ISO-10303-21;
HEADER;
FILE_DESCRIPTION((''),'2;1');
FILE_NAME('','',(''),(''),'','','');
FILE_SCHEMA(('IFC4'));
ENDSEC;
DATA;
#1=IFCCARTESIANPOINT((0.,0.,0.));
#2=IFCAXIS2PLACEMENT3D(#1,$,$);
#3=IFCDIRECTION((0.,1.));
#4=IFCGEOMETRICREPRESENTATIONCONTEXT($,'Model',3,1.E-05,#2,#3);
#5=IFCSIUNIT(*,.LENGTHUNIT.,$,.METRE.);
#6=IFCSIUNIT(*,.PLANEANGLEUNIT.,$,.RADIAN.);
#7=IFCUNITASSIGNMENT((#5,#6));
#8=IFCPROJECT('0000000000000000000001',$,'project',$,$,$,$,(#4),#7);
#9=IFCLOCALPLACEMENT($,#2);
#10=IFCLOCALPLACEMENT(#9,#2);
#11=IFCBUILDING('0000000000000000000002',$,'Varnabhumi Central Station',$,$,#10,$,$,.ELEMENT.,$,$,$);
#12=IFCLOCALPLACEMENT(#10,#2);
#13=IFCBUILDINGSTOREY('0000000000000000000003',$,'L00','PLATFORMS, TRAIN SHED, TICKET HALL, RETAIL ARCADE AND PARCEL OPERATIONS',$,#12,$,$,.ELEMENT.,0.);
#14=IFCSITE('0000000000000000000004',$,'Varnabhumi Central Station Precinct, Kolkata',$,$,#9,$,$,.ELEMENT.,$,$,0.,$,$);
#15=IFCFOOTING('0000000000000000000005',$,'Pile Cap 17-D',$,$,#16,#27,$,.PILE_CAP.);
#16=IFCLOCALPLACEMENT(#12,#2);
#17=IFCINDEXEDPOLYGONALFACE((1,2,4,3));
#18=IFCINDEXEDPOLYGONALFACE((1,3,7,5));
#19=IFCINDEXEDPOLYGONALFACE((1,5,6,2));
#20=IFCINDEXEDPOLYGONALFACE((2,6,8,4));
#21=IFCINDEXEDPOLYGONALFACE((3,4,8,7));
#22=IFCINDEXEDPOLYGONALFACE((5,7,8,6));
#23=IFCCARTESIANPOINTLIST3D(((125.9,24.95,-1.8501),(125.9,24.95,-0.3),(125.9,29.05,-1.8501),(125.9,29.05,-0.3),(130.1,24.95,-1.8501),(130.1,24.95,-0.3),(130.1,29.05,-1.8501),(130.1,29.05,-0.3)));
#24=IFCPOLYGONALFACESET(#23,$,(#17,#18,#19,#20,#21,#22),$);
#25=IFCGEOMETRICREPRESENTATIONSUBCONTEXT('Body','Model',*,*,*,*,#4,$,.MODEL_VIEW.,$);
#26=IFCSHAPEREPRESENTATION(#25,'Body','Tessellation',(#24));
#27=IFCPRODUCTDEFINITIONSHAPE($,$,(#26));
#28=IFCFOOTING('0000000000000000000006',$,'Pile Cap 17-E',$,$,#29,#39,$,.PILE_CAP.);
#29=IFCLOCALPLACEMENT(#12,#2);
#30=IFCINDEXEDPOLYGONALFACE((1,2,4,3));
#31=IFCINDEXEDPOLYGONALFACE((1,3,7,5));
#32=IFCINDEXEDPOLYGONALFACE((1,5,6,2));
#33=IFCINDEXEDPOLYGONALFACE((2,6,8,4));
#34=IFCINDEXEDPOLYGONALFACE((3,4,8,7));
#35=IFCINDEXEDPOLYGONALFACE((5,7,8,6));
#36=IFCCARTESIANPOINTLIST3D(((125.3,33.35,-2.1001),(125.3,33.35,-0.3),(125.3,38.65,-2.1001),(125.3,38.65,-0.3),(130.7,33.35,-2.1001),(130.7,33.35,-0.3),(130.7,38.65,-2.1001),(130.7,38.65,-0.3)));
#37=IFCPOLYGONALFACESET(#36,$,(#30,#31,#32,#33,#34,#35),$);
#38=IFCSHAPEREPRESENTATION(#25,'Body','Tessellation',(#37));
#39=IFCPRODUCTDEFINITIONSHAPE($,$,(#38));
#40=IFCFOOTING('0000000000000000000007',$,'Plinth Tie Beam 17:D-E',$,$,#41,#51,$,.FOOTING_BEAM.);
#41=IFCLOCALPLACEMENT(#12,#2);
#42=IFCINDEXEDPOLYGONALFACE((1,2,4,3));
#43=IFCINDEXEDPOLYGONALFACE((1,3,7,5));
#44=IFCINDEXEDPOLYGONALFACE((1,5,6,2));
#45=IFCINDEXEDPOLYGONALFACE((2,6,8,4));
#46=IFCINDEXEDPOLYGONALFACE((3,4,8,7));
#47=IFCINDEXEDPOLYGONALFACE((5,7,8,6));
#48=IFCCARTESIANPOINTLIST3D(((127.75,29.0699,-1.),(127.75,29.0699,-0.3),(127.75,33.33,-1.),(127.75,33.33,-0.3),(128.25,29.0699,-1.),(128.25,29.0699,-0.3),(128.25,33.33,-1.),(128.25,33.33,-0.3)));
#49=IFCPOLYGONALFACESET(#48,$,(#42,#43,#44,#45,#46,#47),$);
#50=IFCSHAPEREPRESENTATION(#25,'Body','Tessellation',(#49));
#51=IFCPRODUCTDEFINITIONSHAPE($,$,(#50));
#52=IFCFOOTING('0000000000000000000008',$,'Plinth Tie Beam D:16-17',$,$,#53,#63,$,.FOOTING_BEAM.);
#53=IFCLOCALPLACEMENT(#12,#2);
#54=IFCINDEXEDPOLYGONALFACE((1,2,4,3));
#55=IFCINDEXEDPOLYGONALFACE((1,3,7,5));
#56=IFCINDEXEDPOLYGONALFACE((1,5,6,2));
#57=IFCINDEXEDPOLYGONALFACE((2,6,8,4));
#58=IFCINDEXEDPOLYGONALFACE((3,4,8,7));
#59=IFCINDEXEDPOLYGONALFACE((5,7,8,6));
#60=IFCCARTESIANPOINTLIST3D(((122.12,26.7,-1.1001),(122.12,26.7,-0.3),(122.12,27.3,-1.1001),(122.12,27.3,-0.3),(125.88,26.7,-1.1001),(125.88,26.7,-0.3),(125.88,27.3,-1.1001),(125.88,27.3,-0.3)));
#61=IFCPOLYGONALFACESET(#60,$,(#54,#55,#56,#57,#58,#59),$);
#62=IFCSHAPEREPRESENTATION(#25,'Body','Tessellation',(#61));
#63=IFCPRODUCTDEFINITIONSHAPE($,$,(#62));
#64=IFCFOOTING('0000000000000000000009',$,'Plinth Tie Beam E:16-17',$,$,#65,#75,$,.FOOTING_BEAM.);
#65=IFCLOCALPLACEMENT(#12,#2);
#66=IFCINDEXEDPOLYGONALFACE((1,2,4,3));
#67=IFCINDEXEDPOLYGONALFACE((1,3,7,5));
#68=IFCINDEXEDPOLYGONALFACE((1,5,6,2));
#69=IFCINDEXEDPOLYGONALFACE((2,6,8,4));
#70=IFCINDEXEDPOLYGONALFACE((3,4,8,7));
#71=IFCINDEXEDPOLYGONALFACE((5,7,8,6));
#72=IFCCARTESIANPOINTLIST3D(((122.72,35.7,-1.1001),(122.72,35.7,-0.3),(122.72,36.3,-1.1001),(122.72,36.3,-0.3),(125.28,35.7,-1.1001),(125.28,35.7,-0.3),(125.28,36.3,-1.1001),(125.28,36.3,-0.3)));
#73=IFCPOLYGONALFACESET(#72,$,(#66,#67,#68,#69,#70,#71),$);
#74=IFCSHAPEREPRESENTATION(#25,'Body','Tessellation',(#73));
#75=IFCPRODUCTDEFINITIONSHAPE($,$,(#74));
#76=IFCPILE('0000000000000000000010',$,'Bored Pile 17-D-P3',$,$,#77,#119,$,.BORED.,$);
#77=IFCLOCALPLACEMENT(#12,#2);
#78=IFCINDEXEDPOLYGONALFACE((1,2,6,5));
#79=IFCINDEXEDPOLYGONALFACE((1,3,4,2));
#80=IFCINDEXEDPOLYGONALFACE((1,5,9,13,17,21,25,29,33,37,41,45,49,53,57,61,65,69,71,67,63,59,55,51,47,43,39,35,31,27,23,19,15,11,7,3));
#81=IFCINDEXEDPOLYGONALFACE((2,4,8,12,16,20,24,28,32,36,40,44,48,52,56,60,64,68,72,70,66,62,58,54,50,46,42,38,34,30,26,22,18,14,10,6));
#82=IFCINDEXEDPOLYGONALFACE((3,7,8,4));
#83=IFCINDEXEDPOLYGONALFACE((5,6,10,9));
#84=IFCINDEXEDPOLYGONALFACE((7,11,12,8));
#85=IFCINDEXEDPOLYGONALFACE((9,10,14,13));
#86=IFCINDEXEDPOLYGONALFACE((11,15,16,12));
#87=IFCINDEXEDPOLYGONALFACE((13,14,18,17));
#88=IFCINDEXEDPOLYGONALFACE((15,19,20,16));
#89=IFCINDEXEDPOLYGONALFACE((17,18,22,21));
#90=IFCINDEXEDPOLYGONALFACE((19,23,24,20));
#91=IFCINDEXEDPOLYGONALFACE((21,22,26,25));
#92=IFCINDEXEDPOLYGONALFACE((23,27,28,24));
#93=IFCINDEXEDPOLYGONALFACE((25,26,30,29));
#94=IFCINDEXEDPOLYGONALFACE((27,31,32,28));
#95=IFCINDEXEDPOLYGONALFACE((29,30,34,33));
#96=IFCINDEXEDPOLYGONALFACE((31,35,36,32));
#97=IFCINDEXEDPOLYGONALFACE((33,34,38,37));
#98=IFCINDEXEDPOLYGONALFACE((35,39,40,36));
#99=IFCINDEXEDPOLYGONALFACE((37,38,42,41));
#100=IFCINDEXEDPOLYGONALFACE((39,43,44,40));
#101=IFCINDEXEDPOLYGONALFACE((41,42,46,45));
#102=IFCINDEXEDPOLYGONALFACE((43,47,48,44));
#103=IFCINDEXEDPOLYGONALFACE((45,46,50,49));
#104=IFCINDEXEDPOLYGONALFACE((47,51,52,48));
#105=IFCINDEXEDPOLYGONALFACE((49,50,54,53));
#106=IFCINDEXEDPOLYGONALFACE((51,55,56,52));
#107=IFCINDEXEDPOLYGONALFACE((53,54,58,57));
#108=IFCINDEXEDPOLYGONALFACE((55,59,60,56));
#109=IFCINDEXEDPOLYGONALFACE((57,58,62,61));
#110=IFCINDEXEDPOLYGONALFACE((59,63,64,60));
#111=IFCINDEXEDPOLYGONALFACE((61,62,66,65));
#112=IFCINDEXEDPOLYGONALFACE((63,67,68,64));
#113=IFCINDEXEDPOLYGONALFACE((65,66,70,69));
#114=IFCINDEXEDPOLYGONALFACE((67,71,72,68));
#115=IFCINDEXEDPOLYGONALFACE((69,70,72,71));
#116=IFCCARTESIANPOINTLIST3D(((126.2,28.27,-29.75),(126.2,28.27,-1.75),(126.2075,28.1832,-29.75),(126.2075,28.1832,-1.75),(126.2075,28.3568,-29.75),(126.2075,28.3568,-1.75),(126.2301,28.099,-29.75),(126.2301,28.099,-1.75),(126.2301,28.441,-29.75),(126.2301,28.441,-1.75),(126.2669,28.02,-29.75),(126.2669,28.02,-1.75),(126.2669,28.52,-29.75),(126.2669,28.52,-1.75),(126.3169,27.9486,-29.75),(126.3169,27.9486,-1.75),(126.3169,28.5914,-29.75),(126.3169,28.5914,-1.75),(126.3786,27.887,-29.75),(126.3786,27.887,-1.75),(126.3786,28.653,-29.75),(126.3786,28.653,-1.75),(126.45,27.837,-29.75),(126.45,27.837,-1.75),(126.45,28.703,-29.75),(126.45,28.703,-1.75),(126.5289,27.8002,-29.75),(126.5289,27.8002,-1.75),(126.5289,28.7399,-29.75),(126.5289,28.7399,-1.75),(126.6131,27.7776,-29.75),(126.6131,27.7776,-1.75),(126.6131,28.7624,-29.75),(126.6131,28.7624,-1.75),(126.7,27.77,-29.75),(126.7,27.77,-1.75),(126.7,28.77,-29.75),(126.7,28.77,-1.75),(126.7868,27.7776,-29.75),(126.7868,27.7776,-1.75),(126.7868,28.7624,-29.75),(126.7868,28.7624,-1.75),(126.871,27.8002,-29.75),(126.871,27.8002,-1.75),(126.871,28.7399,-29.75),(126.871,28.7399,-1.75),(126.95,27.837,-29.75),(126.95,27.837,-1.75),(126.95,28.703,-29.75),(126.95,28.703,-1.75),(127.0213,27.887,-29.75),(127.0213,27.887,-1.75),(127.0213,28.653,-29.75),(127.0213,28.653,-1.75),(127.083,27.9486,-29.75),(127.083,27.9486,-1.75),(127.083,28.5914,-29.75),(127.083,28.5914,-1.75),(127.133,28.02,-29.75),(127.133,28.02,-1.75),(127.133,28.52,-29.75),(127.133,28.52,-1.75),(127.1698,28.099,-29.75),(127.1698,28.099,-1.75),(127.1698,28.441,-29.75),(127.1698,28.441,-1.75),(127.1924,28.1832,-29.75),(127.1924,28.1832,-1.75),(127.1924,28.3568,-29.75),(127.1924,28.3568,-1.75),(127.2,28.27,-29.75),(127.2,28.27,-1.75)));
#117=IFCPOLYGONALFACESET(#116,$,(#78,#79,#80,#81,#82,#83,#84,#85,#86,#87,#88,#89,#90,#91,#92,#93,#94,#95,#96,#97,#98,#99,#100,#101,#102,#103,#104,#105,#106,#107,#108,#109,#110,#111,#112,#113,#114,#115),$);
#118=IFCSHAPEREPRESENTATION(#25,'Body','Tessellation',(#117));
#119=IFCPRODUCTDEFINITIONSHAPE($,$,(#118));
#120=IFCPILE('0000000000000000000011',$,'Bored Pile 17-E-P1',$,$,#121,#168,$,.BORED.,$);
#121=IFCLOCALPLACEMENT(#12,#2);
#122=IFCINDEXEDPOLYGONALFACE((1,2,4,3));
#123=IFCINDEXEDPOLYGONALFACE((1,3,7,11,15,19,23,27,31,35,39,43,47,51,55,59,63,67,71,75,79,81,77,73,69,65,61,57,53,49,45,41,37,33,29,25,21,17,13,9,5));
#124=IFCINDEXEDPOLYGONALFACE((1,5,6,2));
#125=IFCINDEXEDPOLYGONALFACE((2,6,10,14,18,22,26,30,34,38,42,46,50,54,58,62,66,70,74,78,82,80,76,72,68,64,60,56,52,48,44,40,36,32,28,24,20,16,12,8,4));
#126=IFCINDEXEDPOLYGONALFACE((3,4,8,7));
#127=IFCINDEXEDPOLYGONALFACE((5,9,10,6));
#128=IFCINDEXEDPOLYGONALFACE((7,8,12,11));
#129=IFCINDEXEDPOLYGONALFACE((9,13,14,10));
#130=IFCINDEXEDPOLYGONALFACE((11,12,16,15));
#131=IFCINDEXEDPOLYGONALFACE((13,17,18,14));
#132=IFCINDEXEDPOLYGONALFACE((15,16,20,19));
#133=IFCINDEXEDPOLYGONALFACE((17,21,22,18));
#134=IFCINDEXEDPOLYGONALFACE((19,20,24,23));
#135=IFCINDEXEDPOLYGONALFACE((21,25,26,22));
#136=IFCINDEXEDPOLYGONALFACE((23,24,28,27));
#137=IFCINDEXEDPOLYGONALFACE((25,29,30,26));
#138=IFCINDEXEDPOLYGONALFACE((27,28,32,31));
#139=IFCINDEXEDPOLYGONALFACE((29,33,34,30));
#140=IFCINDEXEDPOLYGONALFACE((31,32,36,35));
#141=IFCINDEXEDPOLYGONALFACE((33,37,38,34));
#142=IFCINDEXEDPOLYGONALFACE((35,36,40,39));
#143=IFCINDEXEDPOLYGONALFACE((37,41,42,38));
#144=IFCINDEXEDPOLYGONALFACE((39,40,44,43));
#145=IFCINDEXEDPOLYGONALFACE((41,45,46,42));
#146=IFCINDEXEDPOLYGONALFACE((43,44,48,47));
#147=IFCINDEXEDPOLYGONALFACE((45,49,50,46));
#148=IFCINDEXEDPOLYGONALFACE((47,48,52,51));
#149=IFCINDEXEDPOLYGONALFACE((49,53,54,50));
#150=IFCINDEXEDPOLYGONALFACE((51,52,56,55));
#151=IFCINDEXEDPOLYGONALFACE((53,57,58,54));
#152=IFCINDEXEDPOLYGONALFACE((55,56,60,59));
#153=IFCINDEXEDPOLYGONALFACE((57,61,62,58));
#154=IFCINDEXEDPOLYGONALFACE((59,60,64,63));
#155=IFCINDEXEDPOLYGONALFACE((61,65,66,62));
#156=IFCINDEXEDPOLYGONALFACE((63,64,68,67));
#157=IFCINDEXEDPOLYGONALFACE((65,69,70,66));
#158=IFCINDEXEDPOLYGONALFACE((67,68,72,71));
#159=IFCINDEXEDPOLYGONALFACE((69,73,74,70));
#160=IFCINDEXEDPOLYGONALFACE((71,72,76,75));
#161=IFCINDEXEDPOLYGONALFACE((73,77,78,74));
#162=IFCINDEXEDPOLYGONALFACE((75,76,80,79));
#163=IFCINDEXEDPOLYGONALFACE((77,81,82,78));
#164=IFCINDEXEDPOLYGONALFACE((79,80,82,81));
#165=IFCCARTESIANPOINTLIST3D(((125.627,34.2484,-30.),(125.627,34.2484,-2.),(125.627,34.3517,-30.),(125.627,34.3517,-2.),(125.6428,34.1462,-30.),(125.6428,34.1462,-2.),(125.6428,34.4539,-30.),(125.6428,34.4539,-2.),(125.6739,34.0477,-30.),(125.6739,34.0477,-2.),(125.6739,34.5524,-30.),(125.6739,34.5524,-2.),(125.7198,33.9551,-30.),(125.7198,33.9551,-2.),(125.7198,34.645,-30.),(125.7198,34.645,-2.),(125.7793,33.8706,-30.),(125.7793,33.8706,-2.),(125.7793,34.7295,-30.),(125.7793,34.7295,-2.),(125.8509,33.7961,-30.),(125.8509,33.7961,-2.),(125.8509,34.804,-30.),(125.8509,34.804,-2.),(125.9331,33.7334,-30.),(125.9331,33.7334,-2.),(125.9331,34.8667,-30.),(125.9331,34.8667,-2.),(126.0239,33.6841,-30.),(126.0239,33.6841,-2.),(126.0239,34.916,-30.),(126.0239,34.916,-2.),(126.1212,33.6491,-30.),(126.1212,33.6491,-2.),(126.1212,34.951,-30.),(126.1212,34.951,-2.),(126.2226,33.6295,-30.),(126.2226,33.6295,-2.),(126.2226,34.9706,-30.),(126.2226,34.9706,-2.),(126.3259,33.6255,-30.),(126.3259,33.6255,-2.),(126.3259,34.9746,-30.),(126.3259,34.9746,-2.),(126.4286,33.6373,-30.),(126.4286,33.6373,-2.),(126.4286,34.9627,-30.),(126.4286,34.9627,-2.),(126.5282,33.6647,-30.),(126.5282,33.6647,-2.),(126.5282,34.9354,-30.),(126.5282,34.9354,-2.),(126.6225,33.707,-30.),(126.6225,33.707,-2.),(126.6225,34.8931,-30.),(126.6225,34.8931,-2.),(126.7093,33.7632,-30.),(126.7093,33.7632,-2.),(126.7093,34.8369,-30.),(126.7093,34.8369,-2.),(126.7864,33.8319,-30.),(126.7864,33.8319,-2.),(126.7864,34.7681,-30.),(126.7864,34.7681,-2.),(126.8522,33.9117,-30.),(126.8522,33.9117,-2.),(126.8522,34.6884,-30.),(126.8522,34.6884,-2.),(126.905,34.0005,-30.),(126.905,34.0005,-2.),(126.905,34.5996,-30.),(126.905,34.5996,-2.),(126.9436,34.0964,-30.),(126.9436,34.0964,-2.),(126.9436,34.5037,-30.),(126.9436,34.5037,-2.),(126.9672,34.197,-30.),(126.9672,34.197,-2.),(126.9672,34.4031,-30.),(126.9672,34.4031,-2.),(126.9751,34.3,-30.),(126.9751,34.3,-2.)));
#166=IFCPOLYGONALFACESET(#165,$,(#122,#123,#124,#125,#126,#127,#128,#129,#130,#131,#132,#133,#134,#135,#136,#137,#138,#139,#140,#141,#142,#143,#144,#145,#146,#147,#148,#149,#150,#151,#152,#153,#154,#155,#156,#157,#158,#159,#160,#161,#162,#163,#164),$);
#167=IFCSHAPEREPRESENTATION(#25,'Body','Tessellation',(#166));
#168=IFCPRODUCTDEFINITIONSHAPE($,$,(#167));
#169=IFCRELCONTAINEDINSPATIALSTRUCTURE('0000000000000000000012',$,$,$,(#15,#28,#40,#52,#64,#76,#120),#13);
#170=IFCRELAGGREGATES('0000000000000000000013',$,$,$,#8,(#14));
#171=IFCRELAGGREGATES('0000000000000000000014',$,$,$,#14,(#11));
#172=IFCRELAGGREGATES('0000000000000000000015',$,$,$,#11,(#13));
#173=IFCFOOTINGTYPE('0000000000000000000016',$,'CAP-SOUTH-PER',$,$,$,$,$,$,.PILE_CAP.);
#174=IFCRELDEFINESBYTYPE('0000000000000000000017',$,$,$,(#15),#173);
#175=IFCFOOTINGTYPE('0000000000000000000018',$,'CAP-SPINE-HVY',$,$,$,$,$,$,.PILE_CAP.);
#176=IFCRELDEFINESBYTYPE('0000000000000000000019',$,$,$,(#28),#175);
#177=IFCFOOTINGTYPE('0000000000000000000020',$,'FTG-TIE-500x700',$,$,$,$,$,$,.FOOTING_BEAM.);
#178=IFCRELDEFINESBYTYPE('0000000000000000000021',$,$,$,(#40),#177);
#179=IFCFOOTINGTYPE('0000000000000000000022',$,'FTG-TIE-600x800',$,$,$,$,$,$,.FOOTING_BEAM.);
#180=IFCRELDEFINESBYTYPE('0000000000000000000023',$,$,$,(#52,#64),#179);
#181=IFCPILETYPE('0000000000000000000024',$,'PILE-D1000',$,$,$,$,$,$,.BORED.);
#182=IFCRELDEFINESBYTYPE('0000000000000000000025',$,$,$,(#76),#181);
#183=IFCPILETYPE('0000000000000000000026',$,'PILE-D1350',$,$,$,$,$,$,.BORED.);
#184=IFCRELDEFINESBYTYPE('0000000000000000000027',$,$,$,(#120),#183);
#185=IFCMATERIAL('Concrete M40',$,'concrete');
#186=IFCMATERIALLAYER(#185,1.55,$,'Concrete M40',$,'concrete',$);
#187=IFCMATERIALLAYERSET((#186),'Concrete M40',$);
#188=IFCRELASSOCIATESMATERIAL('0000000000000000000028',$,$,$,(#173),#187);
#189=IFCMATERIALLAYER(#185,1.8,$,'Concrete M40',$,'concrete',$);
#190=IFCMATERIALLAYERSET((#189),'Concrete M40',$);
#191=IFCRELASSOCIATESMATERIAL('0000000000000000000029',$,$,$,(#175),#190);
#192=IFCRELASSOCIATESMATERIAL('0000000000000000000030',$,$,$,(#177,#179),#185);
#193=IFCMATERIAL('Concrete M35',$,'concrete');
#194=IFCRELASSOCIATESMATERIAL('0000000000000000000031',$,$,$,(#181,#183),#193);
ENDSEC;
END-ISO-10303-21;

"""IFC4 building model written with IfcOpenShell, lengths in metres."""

from ifc_helpers import new_model, si_unit, direction, frame, origin, origin_2d, place, context, subcontext, project, spatial, rectangle, circle, extrude, material, layer, layer_set, material_profile, profile_set, type_object, element, save


model = new_model("IFC4")

# Units and contexts
model_context = context("Model", 3, precision=1e-05, world=origin(), true_north=direction((0.0, 1.0)))
body_context = subcontext(model_context, "Body", "Model", "MODEL_VIEW")
ifc_project = project(units=[si_unit("LENGTHUNIT", "METRE"), si_unit("PLANEANGLEUNIT", "RADIAN")], contexts=[model_context])

# Site, building, storey
site_placement = place(None, origin())
site = spatial("IfcSite", under=ifc_project, at=site_placement, Name="Varnabhumi Central Station Precinct, Kolkata", CompositionType="ELEMENT", RefElevation=0.0)
building_placement = place(site_placement, origin())
building = spatial("IfcBuilding", under=site, at=building_placement, Name="Varnabhumi Central Station", CompositionType="ELEMENT")
storey_placement = place(building_placement, origin())
storey = spatial("IfcBuildingStorey", under=building, at=storey_placement, Name="L00", Description="PLATFORMS, TRAIN SHED, TICKET HALL, RETAIL ARCADE AND PARCEL OPERATIONS", CompositionType="ELEMENT", Elevation=0.0)

# Footings
ifc_material_1 = material(Name="Concrete M40", Category="concrete")
ifc_layer_1 = layer(ifc_material_1, 1.55, Name="Concrete M40", Category="concrete")
ifc_layer_set_1 = layer_set([ifc_layer_1], Name="Concrete M40")
footing_type_1 = type_object("IfcFootingType", Name="CAP-SOUTH-PER", PredefinedType="PILE_CAP", material=ifc_layer_set_1)
footing_1_placement = place(storey_placement, frame((128.0, 27.0, -1.8501), z_axis=(0.0, 0.0, 1.0), x_axis=(1.0, 0.0, 0.0)))
element("IfcFooting", 1, at=footing_1_placement, inside=storey, type_object=footing_type_1, Name="Pile Cap 17-D", PredefinedType="PILE_CAP", context=body_context, shape_type="SweptSolid", body=[
    extrude(rectangle(XDim=4.2, YDim=4.1001, at=origin_2d()), origin(), (0.0, 0.0, 1.0), 1.55),
])
ifc_layer_2 = layer(ifc_material_1, 1.8, Name="Concrete M40", Category="concrete")
ifc_layer_set_2 = layer_set([ifc_layer_2], Name="Concrete M40")
footing_type_2 = type_object("IfcFootingType", Name="CAP-SPINE-HVY", PredefinedType="PILE_CAP", material=ifc_layer_set_2)
footing_2_placement = place(storey_placement, frame((128.0, 36.0, -2.1001), z_axis=(0.0, 0.0, 1.0), x_axis=(1.0, 0.0, 0.0)))
element("IfcFooting", 2, at=footing_2_placement, inside=storey, type_object=footing_type_2, Name="Pile Cap 17-E", PredefinedType="PILE_CAP", context=body_context, shape_type="SweptSolid", body=[
    extrude(rectangle(XDim=5.3999, YDim=5.3, at=origin_2d()), origin(), (0.0, 0.0, 1.0), 1.8),
])
footing_type_3 = type_object("IfcFootingType", Name="FTG-TIE-500x700", PredefinedType="FOOTING_BEAM", material=ifc_material_1)
footing_3_placement = place(storey_placement, frame((128.0, 31.2, -1.0), z_axis=(0.0, 0.0, 1.0), x_axis=(1.0, 0.0, 0.0)))
element("IfcFooting", 3, at=footing_3_placement, inside=storey, type_object=footing_type_3, Name="Plinth Tie Beam 17:D-E", PredefinedType="FOOTING_BEAM", context=body_context, shape_type="SweptSolid", body=[
    extrude(rectangle(XDim=0.5, YDim=4.26, at=origin_2d()), origin(), (0.0, 0.0, 1.0), 0.7),
])
footing_type_4 = type_object("IfcFootingType", Name="FTG-TIE-600x800", PredefinedType="FOOTING_BEAM", material=ifc_material_1)
footing_4_placement = place(storey_placement, frame((124.0, 27.0, -1.1001), z_axis=(0.0, 0.0, 1.0), x_axis=(1.0, 0.0, 0.0)))
element("IfcFooting", 4, at=footing_4_placement, inside=storey, type_object=footing_type_4, Name="Plinth Tie Beam D:16-17", PredefinedType="FOOTING_BEAM", context=body_context, shape_type="SweptSolid", body=[
    extrude(rectangle(XDim=3.76, YDim=0.6001, at=origin_2d()), origin(), (0.0, 0.0, 1.0), 0.8),
])
footing_5_placement = place(storey_placement, frame((124.0, 36.0, -1.1001), z_axis=(0.0, 0.0, 1.0), x_axis=(1.0, 0.0, 0.0)))
element("IfcFooting", 5, at=footing_5_placement, inside=storey, type_object=footing_type_4, Name="Plinth Tie Beam E:16-17", PredefinedType="FOOTING_BEAM", context=body_context, shape_type="SweptSolid", body=[
    extrude(rectangle(XDim=2.5601, YDim=0.6001, at=origin_2d()), origin(), (0.0, 0.0, 1.0), 0.8),
])

# Piles
ifc_material_2 = material(Name="Concrete M35", Category="concrete")
ifc_material_profile_1 = material_profile(ifc_material_2, circle(Radius=0.5, at=origin_2d()), Name="Concrete M35", Category="concrete")
ifc_profile_set_1 = profile_set([ifc_material_profile_1], Name="Concrete M35")
pile_type_1 = type_object("IfcPileType", Name="PILE-D1000", PredefinedType="BORED", material=ifc_profile_set_1)
pile_1_placement = place(storey_placement, frame((126.7, 28.27, -1.75), z_axis=(0.0, 0.0, -1.0), x_axis=(1.0, 0.0, 0.0)))
element("IfcPile", 6, at=pile_1_placement, inside=storey, type_object=pile_type_1, Name="Bored Pile 17-D-P3", PredefinedType="BORED", context=body_context, shape_type="SweptSolid", body=[
    extrude(circle(Radius=0.5, at=origin_2d()), origin(), (0.0, 0.0, 1.0), 28.0),
])
ifc_material_profile_2 = material_profile(ifc_material_2, circle(Radius=0.675, at=origin_2d()), Name="Concrete M35", Category="concrete")
ifc_profile_set_2 = profile_set([ifc_material_profile_2], Name="Concrete M35")
pile_type_2 = type_object("IfcPileType", Name="PILE-D1350", PredefinedType="BORED", material=ifc_profile_set_2)
pile_2_placement = place(storey_placement, frame((126.3, 34.3, -2.0), z_axis=(0.0, 0.0, -1.0), x_axis=(1.0, 0.0, 0.0)))
element("IfcPile", 7, at=pile_2_placement, inside=storey, type_object=pile_type_2, Name="Bored Pile 17-E-P1", PredefinedType="BORED", context=body_context, shape_type="SweptSolid", body=[
    extrude(circle(Radius=0.675, at=origin_2d()), origin(), (0.0, 0.0, 1.0), 28.0),
])

save(model, "model.ifc")
